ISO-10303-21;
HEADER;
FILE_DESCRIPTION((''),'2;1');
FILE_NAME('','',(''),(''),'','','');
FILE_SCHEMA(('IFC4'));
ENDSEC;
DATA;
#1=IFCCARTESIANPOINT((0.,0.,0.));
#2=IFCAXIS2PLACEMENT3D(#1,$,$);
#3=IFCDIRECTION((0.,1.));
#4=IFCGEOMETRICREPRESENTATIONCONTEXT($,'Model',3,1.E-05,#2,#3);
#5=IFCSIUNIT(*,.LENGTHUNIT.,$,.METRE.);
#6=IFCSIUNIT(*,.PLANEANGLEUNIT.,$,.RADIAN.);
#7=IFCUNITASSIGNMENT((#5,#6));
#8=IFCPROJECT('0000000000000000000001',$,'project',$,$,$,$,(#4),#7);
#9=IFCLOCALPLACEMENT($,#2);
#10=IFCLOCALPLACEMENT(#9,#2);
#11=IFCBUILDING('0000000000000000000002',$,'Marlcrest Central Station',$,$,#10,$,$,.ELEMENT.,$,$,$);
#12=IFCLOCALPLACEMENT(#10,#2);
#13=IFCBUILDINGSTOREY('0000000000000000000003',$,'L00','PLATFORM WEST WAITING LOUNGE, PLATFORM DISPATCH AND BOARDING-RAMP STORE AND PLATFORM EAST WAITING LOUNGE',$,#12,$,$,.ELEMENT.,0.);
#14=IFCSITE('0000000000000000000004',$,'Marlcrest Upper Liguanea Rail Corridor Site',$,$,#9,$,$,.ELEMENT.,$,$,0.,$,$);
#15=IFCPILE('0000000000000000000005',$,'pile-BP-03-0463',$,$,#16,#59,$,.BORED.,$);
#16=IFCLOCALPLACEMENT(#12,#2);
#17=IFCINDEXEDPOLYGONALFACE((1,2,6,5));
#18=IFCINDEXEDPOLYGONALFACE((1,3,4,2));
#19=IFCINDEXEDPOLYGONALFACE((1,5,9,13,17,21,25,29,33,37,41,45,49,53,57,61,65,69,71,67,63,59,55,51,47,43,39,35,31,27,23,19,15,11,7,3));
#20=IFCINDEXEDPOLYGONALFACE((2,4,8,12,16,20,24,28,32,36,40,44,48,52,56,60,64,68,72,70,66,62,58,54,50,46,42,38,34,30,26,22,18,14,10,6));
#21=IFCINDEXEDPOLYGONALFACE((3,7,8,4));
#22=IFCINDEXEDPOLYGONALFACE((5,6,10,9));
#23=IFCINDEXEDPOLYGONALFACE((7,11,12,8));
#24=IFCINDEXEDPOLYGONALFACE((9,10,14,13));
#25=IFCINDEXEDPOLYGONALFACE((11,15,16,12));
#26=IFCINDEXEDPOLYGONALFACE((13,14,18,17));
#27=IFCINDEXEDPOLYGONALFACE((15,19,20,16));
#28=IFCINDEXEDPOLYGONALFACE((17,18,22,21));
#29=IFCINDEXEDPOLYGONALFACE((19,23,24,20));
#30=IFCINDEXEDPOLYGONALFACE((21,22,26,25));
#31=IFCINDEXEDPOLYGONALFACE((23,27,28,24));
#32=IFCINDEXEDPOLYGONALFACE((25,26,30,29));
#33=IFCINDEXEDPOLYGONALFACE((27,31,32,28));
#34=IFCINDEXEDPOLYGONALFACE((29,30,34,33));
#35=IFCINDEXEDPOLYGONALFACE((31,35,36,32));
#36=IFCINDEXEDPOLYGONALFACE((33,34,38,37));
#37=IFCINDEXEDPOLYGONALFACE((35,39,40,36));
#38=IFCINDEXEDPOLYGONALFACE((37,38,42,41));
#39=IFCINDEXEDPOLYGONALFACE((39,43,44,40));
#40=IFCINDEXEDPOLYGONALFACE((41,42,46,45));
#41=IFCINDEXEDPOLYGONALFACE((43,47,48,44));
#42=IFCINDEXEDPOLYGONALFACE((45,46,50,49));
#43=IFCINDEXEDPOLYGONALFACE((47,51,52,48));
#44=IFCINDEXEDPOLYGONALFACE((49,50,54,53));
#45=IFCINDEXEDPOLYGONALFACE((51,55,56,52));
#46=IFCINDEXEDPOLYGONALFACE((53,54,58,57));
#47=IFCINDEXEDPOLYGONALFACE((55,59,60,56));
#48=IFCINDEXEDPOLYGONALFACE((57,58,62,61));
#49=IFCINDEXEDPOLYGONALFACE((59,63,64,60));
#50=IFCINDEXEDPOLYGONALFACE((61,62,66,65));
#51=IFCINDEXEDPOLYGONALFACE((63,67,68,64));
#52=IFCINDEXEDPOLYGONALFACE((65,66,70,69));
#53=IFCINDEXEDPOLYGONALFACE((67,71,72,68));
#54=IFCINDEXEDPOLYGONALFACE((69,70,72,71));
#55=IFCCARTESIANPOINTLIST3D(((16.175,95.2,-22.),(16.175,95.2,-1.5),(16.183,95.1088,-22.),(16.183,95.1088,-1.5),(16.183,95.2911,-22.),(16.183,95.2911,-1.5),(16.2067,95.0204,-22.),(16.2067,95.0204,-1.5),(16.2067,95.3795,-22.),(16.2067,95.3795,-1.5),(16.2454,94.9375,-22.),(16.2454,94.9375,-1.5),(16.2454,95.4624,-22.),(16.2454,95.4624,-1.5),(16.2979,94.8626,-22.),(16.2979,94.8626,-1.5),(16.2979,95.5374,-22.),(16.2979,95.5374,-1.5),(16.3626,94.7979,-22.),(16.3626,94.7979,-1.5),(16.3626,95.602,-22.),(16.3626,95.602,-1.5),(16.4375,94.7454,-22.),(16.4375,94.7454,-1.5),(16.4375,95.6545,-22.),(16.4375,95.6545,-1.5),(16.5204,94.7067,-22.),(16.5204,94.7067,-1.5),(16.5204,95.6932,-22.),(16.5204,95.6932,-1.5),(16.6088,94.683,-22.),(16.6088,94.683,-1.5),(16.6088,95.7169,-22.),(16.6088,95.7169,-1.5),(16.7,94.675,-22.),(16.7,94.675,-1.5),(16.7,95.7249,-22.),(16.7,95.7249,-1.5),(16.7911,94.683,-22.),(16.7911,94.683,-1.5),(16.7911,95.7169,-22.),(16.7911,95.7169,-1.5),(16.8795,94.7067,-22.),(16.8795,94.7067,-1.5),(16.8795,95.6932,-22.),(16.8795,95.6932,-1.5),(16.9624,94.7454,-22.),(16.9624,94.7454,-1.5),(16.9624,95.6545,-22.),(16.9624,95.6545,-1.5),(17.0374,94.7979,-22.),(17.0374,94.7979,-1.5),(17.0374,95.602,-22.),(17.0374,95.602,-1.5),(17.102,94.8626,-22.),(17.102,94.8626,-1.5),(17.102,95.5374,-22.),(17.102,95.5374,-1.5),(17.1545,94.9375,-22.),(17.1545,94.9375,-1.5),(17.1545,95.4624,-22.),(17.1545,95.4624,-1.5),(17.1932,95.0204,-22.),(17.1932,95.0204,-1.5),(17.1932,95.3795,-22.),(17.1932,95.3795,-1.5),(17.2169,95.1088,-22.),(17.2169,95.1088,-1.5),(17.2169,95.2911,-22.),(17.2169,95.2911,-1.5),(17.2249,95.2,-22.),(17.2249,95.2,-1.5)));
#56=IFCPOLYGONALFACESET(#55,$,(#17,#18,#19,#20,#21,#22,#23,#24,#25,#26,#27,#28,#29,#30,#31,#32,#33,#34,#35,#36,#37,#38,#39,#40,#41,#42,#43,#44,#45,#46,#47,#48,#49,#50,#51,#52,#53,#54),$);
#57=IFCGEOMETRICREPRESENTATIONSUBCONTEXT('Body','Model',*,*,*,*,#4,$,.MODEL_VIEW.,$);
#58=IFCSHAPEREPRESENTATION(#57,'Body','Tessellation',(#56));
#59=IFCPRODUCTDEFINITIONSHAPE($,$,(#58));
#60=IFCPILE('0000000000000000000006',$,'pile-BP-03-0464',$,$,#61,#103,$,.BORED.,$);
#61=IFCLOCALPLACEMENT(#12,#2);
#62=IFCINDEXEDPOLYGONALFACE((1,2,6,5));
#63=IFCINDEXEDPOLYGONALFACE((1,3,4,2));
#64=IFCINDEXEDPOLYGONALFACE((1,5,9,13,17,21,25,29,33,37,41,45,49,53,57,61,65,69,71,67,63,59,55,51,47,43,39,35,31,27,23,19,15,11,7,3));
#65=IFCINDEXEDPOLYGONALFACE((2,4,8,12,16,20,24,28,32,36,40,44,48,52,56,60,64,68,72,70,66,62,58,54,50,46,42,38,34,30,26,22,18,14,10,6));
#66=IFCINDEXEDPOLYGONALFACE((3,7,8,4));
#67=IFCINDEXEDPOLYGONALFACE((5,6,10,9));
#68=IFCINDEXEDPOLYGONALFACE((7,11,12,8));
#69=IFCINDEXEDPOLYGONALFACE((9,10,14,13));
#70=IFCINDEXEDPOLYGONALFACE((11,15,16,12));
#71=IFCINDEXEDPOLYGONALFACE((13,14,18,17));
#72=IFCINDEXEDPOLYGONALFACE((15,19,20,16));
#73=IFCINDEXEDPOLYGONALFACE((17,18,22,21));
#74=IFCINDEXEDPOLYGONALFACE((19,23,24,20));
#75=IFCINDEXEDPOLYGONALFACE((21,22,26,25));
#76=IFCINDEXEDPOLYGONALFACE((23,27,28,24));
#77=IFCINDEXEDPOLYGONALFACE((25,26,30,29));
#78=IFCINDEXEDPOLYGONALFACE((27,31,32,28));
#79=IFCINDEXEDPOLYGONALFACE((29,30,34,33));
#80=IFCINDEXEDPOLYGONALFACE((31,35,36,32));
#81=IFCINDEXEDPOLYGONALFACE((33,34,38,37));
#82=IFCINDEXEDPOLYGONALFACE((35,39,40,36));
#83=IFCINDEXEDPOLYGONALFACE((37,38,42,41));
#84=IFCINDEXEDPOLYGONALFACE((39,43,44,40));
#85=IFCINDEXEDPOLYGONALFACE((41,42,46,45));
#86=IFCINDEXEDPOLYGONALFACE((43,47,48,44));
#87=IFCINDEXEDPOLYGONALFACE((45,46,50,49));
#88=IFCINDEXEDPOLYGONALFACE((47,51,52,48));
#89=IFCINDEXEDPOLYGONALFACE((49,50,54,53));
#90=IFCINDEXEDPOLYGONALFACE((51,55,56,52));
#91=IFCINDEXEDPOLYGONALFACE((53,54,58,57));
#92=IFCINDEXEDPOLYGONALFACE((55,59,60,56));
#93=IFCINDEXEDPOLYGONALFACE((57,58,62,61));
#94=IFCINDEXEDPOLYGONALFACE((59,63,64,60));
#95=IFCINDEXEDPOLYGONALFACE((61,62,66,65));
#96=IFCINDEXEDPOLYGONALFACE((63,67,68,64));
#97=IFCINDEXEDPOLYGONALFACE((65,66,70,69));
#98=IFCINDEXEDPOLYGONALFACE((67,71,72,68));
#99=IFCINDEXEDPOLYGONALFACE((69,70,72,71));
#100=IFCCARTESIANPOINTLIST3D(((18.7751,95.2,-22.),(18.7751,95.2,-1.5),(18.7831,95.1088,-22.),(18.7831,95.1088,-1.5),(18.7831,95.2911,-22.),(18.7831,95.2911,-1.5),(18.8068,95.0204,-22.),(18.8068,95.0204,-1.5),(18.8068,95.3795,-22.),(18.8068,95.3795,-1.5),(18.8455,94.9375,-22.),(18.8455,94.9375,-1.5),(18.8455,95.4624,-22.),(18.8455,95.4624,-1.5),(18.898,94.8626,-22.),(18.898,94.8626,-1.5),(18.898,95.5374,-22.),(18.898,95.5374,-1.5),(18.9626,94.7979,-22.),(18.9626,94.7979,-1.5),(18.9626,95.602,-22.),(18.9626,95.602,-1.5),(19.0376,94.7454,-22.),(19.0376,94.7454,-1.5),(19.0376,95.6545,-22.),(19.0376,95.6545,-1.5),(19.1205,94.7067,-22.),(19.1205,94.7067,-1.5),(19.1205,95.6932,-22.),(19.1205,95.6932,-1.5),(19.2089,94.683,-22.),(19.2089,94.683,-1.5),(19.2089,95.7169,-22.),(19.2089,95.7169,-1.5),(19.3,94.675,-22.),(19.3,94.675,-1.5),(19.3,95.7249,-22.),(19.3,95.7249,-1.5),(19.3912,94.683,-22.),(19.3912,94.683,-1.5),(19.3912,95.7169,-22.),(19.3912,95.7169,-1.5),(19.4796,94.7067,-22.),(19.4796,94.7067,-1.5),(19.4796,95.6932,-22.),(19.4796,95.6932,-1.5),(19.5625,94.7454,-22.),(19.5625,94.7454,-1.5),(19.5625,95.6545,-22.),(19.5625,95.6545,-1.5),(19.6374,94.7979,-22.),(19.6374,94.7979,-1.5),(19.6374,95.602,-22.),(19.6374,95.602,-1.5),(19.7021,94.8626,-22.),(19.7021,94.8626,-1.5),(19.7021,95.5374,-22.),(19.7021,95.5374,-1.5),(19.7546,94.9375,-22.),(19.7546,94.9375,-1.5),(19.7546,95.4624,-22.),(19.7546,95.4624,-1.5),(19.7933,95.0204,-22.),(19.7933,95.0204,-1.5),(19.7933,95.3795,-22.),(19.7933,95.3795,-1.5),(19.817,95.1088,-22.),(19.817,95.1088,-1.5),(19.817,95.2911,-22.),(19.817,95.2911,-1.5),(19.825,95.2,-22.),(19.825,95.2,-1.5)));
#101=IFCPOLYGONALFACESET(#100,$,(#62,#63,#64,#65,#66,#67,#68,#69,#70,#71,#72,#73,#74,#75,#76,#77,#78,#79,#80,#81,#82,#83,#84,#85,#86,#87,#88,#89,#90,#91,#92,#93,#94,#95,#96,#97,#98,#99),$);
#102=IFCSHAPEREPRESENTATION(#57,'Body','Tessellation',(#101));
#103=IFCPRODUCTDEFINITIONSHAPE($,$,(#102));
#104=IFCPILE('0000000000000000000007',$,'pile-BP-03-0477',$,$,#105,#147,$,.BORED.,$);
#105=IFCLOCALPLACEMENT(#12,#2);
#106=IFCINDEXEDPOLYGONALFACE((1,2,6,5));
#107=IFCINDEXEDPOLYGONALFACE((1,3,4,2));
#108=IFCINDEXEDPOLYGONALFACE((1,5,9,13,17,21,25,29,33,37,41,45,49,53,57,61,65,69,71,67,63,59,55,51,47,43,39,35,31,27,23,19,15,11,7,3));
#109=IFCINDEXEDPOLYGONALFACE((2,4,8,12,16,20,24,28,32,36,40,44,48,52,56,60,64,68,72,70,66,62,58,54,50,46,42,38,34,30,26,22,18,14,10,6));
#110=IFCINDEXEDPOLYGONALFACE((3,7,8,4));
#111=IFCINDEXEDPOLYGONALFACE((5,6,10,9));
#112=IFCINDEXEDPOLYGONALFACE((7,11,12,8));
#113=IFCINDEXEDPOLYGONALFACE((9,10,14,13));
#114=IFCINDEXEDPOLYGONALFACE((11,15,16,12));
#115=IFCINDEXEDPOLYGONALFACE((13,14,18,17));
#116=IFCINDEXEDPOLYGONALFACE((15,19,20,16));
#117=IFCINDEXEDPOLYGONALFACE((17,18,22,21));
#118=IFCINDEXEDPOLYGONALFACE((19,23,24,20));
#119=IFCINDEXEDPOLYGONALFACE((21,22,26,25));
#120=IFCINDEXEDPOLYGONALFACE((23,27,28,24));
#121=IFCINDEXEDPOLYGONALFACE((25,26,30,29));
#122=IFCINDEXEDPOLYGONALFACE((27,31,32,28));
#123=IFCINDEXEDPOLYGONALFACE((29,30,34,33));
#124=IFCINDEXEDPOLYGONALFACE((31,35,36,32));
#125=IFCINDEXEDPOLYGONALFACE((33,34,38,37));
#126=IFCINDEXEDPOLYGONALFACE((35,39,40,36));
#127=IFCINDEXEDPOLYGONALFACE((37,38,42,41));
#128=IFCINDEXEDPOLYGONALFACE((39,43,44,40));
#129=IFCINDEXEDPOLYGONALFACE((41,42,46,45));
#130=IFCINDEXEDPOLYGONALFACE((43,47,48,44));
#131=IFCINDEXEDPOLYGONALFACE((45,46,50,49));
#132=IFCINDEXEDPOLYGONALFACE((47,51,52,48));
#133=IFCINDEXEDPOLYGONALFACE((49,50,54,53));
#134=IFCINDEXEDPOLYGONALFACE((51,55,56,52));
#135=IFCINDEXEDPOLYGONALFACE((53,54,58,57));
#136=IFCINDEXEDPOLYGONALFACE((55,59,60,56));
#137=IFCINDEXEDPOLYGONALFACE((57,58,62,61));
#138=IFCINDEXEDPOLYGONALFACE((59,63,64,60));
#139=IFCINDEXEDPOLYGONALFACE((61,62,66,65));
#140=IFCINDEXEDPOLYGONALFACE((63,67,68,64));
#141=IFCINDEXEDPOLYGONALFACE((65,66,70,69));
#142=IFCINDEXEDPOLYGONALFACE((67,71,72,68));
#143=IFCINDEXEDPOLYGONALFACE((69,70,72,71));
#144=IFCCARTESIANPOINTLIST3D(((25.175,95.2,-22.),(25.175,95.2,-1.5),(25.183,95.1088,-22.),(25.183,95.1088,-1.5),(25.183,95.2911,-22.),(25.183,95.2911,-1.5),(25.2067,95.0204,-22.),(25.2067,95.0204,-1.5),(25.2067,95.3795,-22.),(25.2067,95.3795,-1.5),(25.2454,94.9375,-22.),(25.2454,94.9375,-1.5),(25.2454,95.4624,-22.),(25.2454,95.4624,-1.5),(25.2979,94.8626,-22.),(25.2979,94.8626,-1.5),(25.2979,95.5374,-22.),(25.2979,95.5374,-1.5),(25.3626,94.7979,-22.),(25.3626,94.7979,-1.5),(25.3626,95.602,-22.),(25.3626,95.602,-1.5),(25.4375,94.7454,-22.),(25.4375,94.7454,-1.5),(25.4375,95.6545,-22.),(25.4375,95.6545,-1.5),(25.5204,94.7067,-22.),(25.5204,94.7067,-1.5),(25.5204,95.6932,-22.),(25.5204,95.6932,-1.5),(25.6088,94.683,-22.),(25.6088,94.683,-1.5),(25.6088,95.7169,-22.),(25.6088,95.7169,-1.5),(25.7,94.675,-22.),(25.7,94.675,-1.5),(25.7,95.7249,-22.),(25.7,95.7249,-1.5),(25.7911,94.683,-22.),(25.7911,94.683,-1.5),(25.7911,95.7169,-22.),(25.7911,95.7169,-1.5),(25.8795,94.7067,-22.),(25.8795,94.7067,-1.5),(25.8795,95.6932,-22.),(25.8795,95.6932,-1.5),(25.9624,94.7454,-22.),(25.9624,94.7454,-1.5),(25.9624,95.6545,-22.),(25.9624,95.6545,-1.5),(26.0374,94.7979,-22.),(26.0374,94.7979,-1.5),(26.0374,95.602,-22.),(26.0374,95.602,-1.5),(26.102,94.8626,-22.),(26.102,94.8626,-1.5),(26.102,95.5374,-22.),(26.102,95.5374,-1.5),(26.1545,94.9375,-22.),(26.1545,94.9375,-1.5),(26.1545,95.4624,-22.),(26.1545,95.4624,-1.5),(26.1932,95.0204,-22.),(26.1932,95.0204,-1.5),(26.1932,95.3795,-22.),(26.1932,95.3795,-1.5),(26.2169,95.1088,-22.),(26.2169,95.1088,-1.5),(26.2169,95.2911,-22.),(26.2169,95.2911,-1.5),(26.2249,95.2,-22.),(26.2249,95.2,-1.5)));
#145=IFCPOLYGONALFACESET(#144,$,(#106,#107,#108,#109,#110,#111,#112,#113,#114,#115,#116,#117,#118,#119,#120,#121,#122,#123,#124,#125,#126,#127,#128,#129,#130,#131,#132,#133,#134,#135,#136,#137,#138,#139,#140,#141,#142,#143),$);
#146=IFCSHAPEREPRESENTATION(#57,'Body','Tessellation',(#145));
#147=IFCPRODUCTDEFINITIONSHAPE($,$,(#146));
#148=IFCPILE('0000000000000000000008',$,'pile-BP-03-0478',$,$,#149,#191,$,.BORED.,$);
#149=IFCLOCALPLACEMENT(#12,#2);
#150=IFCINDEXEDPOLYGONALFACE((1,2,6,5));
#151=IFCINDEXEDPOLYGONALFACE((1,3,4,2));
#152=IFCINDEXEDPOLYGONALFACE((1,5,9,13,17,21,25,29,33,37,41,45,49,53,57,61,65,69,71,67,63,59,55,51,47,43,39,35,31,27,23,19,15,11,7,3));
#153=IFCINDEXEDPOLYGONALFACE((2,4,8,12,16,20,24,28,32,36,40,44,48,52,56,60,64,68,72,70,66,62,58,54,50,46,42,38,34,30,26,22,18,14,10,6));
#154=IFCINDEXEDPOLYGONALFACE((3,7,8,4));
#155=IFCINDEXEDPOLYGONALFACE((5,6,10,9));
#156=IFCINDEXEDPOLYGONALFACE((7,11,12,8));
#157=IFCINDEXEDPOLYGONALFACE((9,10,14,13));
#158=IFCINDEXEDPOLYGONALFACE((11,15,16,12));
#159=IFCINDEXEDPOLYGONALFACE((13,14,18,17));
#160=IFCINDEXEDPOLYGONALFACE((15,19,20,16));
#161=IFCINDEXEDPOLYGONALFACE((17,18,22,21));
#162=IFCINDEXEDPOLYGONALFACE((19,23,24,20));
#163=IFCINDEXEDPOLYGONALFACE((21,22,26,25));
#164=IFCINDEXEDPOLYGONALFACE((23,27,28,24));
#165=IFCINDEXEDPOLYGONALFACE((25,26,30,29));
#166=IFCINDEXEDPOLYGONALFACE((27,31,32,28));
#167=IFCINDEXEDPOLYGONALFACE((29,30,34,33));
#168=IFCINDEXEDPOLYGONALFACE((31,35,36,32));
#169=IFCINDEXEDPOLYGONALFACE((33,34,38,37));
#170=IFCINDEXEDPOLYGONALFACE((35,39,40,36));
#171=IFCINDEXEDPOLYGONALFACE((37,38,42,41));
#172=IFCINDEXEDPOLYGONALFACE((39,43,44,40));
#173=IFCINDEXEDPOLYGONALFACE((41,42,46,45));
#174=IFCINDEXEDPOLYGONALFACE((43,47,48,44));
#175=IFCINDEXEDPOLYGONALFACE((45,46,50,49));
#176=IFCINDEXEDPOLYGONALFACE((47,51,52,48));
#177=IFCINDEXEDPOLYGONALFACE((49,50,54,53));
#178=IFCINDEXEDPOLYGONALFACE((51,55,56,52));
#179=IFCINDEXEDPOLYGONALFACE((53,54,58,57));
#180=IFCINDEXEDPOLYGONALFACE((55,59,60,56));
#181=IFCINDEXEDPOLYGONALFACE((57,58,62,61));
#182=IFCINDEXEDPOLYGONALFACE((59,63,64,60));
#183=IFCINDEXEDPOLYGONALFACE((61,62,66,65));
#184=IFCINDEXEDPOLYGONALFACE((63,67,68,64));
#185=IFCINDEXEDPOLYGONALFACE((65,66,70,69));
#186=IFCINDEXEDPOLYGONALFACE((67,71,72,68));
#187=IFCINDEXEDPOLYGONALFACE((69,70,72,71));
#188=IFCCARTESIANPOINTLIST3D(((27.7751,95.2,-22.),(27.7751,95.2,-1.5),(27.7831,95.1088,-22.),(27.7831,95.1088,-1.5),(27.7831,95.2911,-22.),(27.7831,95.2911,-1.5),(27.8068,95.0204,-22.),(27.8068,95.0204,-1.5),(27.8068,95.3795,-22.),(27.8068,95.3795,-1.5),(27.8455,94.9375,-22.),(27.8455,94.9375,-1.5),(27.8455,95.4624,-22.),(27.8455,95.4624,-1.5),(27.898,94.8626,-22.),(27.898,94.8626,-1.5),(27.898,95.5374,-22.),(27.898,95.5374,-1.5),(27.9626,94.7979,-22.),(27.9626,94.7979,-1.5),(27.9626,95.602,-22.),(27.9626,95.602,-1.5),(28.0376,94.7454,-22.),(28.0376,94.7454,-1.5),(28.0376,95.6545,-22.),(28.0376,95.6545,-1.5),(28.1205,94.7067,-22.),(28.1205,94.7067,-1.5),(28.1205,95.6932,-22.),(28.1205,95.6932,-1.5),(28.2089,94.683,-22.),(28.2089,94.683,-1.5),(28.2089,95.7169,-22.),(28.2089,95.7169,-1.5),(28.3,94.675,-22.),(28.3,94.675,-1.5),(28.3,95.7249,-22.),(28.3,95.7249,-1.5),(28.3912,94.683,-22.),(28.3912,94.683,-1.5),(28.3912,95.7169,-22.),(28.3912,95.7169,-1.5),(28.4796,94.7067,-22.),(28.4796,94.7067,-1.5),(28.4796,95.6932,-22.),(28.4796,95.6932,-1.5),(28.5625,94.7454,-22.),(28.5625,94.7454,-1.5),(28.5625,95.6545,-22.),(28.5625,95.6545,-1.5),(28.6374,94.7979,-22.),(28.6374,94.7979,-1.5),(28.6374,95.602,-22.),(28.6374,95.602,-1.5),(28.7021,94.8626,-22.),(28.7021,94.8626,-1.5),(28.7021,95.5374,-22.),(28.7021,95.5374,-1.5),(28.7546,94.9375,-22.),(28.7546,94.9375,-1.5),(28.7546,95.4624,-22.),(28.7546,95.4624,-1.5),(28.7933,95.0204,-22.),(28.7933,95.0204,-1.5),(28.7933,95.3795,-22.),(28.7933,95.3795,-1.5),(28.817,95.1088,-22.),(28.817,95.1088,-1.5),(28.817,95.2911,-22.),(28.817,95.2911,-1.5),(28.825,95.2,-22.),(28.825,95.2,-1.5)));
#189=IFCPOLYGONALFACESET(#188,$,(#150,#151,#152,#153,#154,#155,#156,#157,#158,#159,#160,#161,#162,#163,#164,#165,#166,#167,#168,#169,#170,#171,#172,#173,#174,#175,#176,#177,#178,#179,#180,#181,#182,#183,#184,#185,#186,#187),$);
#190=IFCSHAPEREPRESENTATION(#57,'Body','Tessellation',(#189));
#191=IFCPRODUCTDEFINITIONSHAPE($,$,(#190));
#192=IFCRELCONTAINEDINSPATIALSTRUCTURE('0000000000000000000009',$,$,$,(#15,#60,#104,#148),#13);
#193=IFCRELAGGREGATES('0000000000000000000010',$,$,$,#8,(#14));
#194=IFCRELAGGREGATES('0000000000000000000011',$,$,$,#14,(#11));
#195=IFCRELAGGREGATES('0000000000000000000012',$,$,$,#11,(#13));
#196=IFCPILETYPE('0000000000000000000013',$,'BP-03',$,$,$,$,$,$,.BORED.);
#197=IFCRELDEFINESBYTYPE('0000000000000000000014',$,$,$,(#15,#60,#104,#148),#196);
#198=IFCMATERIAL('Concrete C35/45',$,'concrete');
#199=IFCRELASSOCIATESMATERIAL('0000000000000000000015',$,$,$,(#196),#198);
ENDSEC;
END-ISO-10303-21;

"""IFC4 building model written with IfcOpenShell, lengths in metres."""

from ifc_helpers import new_model, si_unit, direction, frame, origin, origin_2d, place, context, subcontext, project, spatial, circle, extrude, material, material_profile, profile_set, type_object, element, save


model = new_model("IFC4")

# Units and contexts
model_context = context("Model", 3, precision=1e-05, world=origin(), true_north=direction((0.0, 1.0)))
body_context = subcontext(model_context, "Body", "Model", "MODEL_VIEW")
ifc_project = project(units=[si_unit("LENGTHUNIT", "METRE"), si_unit("PLANEANGLEUNIT", "RADIAN")], contexts=[model_context])

# Site, building, storey
site_placement = place(None, origin())
site = spatial("IfcSite", under=ifc_project, at=site_placement, Name="Marlcrest Upper Liguanea Rail Corridor Site", CompositionType="ELEMENT", RefElevation=0.0)
building_placement = place(site_placement, origin())
building = spatial("IfcBuilding", under=site, at=building_placement, Name="Marlcrest Central Station", CompositionType="ELEMENT")
storey_placement = place(building_placement, origin())
storey = spatial("IfcBuildingStorey", under=building, at=storey_placement, Name="L00", Description="PLATFORM WEST WAITING LOUNGE, PLATFORM DISPATCH AND BOARDING-RAMP STORE AND PLATFORM EAST WAITING LOUNGE", CompositionType="ELEMENT", Elevation=0.0)

# Piles
ifc_material_1 = material(Name="Concrete C35/45", Category="concrete")
ifc_material_profile_1 = material_profile(ifc_material_1, circle(Radius=0.5249, at=origin_2d()), Name="PILE D1050")
ifc_profile_set_1 = profile_set([ifc_material_profile_1], Name="Concrete C35/45")
pile_type_1 = type_object("IfcPileType", Name="BP-03", PredefinedType="BORED", material=ifc_profile_set_1)
for number, where, z_axis, x_axis, name in (
    (1, (16.7, 95.2, -1.5), (0.0, 0.0, -1.0), (1.0, 0.0, 0.0), "pile-BP-03-0463"),
    (2, (19.3, 95.2, -1.5), (0.0, 0.0, -1.0), (1.0, 0.0, 0.0), "pile-BP-03-0464"),
    (3, (25.7, 95.2, -1.5), (0.0, 0.0, -1.0), (1.0, 0.0, 0.0), "pile-BP-03-0477"),
    (4, (28.3, 95.2, -1.5), (0.0, 0.0, -1.0), (1.0, 0.0, 0.0), "pile-BP-03-0478"),
):
    element("IfcPile", number, at=place(storey_placement, frame(where, z_axis=z_axis, x_axis=x_axis)), inside=storey, type_object=pile_type_1, Name=name, PredefinedType="BORED", context=body_context, shape_type="SweptSolid", body=[
        extrude(circle(Radius=0.5249, at=origin_2d()), origin(), (0.0, 0.0, 1.0), 20.5),
    ])

save(model, "model.ifc")
